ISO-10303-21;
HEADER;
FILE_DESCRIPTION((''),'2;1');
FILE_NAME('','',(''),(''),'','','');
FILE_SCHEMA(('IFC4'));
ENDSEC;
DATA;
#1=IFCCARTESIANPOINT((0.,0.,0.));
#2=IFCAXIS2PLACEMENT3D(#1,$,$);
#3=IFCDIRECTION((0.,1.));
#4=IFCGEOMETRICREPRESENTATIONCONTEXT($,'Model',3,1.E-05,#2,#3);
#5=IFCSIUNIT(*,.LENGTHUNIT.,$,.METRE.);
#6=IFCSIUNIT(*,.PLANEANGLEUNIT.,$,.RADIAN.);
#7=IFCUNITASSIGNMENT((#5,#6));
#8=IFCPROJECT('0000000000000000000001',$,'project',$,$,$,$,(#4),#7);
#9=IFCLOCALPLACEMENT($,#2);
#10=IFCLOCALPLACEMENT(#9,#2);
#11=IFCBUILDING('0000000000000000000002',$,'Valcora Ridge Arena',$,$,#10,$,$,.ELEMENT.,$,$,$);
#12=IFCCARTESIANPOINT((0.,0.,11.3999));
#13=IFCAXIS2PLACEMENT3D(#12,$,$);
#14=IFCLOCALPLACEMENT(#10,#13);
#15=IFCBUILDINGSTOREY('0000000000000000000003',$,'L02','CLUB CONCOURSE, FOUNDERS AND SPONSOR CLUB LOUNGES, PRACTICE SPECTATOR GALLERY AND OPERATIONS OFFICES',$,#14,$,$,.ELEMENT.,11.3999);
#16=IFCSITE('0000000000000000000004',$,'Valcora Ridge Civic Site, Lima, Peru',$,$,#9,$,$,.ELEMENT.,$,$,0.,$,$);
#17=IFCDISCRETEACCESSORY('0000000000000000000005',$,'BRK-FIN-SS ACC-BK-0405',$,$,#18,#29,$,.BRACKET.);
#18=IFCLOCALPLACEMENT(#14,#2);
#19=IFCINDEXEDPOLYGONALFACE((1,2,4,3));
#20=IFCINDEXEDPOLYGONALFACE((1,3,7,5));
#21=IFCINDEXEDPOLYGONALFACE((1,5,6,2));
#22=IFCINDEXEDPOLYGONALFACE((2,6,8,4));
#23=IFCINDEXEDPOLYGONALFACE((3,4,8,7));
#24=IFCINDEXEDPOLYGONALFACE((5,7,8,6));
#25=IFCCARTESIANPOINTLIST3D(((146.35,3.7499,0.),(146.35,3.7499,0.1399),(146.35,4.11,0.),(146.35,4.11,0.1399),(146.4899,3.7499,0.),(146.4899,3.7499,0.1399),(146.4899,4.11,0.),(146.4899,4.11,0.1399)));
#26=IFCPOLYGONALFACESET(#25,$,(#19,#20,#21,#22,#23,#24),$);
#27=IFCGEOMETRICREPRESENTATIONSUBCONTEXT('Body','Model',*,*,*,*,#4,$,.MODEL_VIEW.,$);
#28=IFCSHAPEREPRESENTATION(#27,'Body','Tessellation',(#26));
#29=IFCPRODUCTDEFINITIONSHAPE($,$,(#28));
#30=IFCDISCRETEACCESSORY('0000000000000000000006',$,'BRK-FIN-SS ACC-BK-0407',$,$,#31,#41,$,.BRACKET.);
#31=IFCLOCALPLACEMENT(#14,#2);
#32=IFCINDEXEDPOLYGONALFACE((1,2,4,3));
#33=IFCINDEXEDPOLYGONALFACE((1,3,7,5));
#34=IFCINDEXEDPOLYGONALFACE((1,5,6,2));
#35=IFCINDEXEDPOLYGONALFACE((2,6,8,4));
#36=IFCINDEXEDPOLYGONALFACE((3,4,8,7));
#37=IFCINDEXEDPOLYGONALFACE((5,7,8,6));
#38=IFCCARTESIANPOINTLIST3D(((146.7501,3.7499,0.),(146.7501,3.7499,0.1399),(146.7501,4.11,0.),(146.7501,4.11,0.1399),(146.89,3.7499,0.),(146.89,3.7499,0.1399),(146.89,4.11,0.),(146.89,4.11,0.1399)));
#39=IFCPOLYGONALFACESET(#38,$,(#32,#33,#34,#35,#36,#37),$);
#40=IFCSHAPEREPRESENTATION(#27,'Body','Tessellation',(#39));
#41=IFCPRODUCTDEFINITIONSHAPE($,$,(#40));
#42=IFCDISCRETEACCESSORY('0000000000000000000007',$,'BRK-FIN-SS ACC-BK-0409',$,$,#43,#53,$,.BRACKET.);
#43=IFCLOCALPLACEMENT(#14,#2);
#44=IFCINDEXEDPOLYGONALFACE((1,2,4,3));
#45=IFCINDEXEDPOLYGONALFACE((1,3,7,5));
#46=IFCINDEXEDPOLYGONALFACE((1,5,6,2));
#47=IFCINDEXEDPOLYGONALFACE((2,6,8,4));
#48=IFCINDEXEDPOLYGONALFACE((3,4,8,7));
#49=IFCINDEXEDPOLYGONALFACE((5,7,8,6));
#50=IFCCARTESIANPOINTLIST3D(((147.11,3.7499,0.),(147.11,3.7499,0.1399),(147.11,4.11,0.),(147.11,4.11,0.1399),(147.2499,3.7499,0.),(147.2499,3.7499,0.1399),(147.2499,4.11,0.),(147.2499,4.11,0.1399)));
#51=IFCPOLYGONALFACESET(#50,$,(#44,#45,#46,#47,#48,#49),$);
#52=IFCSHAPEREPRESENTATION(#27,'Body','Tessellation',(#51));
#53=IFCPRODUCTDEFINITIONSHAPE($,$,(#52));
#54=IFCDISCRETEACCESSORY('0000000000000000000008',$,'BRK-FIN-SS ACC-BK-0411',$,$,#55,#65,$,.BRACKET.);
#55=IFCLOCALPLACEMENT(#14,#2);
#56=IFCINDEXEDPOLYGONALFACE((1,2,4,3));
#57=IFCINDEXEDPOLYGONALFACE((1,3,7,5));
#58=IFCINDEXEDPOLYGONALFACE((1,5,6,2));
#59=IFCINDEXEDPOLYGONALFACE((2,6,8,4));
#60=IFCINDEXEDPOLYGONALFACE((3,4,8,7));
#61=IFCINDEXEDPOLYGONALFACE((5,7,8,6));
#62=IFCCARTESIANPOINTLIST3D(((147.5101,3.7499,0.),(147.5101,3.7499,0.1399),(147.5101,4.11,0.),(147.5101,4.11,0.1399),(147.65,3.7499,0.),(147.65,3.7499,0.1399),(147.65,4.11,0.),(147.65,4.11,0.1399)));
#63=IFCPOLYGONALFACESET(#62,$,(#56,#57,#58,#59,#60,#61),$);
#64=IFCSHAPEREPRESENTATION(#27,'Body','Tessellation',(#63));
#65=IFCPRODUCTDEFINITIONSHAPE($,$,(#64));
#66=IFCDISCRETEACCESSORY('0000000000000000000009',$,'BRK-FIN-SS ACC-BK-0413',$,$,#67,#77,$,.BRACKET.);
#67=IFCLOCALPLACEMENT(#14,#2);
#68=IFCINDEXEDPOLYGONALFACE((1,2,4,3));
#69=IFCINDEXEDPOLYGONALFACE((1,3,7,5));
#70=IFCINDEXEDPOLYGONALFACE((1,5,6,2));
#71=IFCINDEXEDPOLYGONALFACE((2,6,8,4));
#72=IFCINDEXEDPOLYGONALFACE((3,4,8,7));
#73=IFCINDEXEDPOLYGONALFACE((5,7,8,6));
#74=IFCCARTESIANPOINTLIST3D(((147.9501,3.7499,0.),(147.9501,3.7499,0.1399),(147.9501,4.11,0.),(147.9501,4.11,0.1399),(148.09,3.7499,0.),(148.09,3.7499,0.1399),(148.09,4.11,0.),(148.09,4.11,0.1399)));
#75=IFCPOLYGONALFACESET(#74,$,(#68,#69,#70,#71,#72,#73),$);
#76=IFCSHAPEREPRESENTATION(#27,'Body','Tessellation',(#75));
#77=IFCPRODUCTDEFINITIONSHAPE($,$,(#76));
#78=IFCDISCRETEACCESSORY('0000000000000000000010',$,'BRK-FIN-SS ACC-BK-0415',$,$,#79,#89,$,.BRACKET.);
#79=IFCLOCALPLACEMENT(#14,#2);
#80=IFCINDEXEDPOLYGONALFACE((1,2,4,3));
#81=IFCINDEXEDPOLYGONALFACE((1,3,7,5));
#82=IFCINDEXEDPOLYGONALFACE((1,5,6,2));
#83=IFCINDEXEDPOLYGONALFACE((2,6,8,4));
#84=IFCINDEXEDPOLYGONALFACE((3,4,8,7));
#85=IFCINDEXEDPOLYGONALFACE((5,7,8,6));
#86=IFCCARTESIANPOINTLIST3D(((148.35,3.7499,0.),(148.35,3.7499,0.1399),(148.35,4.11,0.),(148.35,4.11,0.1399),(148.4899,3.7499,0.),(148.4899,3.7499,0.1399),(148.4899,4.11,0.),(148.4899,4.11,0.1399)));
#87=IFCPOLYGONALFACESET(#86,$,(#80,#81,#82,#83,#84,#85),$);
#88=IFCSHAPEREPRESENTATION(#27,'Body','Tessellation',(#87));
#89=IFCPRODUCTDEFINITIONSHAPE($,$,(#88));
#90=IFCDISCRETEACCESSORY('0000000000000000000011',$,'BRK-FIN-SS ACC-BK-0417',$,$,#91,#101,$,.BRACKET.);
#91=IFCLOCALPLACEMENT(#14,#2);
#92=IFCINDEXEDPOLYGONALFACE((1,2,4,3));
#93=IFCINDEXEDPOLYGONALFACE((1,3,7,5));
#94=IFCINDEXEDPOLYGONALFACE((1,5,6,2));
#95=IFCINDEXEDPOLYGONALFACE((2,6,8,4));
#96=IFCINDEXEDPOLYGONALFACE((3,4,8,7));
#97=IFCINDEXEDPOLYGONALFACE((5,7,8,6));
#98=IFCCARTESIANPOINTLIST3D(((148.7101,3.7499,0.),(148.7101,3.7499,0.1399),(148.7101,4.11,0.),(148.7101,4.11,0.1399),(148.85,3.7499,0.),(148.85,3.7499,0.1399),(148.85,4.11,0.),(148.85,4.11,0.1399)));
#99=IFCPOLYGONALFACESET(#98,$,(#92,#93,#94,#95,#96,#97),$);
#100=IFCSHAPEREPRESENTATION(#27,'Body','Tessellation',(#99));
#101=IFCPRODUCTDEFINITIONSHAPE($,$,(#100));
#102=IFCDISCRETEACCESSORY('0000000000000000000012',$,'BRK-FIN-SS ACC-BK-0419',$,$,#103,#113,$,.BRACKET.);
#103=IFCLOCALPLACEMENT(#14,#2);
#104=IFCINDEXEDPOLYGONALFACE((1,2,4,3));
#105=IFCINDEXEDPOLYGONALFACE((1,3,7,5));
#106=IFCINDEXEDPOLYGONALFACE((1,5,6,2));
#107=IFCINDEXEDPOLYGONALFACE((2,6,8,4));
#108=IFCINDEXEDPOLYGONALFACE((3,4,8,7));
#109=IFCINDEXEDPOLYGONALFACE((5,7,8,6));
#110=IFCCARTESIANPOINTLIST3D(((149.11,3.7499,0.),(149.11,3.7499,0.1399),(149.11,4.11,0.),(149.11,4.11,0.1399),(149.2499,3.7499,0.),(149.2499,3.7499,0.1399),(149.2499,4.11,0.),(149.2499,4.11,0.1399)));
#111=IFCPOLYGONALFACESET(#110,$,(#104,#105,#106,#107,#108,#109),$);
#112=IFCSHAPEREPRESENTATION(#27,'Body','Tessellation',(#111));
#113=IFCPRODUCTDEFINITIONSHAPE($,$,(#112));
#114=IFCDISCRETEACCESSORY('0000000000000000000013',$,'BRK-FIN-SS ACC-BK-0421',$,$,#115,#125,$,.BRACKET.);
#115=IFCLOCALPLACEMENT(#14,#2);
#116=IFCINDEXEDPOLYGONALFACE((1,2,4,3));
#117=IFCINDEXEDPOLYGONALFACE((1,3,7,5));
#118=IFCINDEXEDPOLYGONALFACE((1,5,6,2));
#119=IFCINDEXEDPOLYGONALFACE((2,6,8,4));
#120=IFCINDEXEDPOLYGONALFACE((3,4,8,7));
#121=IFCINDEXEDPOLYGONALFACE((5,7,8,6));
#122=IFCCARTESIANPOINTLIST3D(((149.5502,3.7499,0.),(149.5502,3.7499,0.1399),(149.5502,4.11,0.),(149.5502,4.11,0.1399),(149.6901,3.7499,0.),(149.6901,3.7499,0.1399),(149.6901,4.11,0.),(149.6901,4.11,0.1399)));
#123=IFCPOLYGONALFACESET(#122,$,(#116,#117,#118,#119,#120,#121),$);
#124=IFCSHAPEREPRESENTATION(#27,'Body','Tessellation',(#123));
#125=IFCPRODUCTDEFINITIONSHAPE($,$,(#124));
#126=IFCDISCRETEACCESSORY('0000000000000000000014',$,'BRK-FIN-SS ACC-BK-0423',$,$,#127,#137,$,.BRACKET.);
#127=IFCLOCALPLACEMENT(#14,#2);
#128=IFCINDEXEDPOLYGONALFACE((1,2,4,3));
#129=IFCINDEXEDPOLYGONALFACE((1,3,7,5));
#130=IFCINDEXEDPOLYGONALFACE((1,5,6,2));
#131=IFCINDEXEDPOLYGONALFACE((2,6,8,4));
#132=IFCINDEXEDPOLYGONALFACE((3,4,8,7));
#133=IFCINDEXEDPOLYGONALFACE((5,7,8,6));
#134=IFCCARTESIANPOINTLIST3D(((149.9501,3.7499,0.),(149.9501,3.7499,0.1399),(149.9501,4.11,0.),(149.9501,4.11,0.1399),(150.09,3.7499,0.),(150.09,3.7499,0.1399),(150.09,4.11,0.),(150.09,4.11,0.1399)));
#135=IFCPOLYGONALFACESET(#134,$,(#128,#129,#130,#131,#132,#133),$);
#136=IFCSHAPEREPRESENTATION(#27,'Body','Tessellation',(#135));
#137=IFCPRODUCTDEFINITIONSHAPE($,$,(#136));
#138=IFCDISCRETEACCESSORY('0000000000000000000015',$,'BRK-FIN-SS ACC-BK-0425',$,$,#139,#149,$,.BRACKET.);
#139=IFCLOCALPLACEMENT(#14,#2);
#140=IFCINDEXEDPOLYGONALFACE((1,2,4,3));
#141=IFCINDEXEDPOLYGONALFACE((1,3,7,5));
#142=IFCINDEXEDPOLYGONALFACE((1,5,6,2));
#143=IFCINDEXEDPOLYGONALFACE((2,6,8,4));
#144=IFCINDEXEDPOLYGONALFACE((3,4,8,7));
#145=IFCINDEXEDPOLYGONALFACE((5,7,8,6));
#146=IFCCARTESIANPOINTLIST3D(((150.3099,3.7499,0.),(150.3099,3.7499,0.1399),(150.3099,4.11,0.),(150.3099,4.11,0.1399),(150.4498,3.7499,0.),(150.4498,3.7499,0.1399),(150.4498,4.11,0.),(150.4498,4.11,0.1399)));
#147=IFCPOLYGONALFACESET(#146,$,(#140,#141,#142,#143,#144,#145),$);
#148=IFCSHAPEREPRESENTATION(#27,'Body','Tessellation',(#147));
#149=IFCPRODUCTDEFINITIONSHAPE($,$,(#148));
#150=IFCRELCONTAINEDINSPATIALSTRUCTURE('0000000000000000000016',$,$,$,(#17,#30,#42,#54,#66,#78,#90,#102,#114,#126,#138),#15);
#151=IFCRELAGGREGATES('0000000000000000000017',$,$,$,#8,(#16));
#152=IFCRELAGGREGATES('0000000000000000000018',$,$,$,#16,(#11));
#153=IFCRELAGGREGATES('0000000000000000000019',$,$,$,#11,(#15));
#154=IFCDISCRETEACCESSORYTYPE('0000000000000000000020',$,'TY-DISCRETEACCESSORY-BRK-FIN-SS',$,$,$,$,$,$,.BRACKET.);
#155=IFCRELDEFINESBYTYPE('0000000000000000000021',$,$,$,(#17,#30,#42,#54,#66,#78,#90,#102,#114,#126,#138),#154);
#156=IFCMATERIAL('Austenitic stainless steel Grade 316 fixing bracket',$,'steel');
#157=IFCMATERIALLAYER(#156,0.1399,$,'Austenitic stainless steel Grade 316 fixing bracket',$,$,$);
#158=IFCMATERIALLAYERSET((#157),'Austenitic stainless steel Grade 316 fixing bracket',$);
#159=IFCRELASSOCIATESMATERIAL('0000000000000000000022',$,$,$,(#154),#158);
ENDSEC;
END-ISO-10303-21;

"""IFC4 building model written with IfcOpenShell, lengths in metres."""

from ifc_helpers import new_model, si_unit, direction, frame, origin, origin_2d, place, context, subcontext, project, spatial, rectangle, extrude, material, layer, layer_set, type_object, element, save


model = new_model("IFC4")

# Units and contexts
model_context = context("Model", 3, precision=1e-05, world=origin(), true_north=direction((0.0, 1.0)))
body_context = subcontext(model_context, "Body", "Model", "MODEL_VIEW")
ifc_project = project(units=[si_unit("LENGTHUNIT", "METRE"), si_unit("PLANEANGLEUNIT", "RADIAN")], contexts=[model_context])

# Site, building, storey
site_placement = place(None, origin())
site = spatial("IfcSite", under=ifc_project, at=site_placement, Name="Valcora Ridge Civic Site, Lima, Peru", CompositionType="ELEMENT", RefElevation=0.0)
building_placement = place(site_placement, origin())
building = spatial("IfcBuilding", under=site, at=building_placement, Name="Valcora Ridge Arena", CompositionType="ELEMENT")
storey_placement = place(building_placement, frame((0.0, 0.0, 11.3999)))
storey = spatial("IfcBuildingStorey", under=building, at=storey_placement, Name="L02", Description="CLUB CONCOURSE, FOUNDERS AND SPONSOR CLUB LOUNGES, PRACTICE SPECTATOR GALLERY AND OPERATIONS OFFICES", CompositionType="ELEMENT", Elevation=11.3999)

# Discrete accessories
ifc_material_1 = material(Name="Austenitic stainless steel Grade 316 fixing bracket", Category="steel")
ifc_layer_1 = layer(ifc_material_1, 0.1399, Name="Austenitic stainless steel Grade 316 fixing bracket")
ifc_layer_set_1 = layer_set([ifc_layer_1], Name="Austenitic stainless steel Grade 316 fixing bracket")
discrete_accessory_type = type_object("IfcDiscreteAccessoryType", Name="TY-DISCRETEACCESSORY-BRK-FIN-SS", PredefinedType="BRACKET", material=ifc_layer_set_1)
for number, where, z_axis, x_axis, name in (
    (1, (146.4199, 3.9299, 0.0), (0.0, 0.0, 1.0), (0.0, 1.0, 0.0), "BRK-FIN-SS ACC-BK-0405"),
    (2, (146.8201, 3.9299, 0.0), (0.0, 0.0, 1.0), (0.0, 1.0, 0.0), "BRK-FIN-SS ACC-BK-0407"),
    (3, (147.1799, 3.9299, 0.0), (0.0, 0.0, 1.0), (0.0, 1.0, 0.0), "BRK-FIN-SS ACC-BK-0409"),
    (4, (147.5801, 3.9299, 0.0), (0.0, 0.0, 1.0), (0.0, 1.0, 0.0), "BRK-FIN-SS ACC-BK-0411"),
    (5, (148.02, 3.9299, 0.0), (0.0, 0.0, 1.0), (0.0, 1.0, 0.0), "BRK-FIN-SS ACC-BK-0413"),
    (6, (148.4199, 3.9299, 0.0), (0.0, 0.0, 1.0), (0.0, 1.0, 0.0), "BRK-FIN-SS ACC-BK-0415"),
    (7, (148.78, 3.9299, 0.0), (0.0, 0.0, 1.0), (0.0, 1.0, 0.0), "BRK-FIN-SS ACC-BK-0417"),
    (8, (149.1799, 3.9299, 0.0), (0.0, 0.0, 1.0), (0.0, 1.0, 0.0), "BRK-FIN-SS ACC-BK-0419"),
    (9, (149.6201, 3.9299, 0.0), (0.0, 0.0, 1.0), (0.0, 1.0, 0.0), "BRK-FIN-SS ACC-BK-0421"),
    (10, (150.02, 3.9299, 0.0), (0.0, 0.0, 1.0), (0.0, 1.0, 0.0), "BRK-FIN-SS ACC-BK-0423"),
    (11, (150.3799, 3.9299, 0.0), (0.0, 0.0, 1.0), (0.0, 1.0, 0.0), "BRK-FIN-SS ACC-BK-0425"),
):
    element("IfcDiscreteAccessory", number, at=place(storey_placement, frame(where, z_axis=z_axis, x_axis=x_axis)), inside=storey, type_object=discrete_accessory_type, Name=name, PredefinedType="BRACKET", context=body_context, shape_type="SweptSolid", body=[
        extrude(rectangle(XDim=0.3601, YDim=0.1399, at=origin_2d()), origin(), (0.0, 0.0, 1.0), 0.1399),
    ])

save(model, "model.ifc")
